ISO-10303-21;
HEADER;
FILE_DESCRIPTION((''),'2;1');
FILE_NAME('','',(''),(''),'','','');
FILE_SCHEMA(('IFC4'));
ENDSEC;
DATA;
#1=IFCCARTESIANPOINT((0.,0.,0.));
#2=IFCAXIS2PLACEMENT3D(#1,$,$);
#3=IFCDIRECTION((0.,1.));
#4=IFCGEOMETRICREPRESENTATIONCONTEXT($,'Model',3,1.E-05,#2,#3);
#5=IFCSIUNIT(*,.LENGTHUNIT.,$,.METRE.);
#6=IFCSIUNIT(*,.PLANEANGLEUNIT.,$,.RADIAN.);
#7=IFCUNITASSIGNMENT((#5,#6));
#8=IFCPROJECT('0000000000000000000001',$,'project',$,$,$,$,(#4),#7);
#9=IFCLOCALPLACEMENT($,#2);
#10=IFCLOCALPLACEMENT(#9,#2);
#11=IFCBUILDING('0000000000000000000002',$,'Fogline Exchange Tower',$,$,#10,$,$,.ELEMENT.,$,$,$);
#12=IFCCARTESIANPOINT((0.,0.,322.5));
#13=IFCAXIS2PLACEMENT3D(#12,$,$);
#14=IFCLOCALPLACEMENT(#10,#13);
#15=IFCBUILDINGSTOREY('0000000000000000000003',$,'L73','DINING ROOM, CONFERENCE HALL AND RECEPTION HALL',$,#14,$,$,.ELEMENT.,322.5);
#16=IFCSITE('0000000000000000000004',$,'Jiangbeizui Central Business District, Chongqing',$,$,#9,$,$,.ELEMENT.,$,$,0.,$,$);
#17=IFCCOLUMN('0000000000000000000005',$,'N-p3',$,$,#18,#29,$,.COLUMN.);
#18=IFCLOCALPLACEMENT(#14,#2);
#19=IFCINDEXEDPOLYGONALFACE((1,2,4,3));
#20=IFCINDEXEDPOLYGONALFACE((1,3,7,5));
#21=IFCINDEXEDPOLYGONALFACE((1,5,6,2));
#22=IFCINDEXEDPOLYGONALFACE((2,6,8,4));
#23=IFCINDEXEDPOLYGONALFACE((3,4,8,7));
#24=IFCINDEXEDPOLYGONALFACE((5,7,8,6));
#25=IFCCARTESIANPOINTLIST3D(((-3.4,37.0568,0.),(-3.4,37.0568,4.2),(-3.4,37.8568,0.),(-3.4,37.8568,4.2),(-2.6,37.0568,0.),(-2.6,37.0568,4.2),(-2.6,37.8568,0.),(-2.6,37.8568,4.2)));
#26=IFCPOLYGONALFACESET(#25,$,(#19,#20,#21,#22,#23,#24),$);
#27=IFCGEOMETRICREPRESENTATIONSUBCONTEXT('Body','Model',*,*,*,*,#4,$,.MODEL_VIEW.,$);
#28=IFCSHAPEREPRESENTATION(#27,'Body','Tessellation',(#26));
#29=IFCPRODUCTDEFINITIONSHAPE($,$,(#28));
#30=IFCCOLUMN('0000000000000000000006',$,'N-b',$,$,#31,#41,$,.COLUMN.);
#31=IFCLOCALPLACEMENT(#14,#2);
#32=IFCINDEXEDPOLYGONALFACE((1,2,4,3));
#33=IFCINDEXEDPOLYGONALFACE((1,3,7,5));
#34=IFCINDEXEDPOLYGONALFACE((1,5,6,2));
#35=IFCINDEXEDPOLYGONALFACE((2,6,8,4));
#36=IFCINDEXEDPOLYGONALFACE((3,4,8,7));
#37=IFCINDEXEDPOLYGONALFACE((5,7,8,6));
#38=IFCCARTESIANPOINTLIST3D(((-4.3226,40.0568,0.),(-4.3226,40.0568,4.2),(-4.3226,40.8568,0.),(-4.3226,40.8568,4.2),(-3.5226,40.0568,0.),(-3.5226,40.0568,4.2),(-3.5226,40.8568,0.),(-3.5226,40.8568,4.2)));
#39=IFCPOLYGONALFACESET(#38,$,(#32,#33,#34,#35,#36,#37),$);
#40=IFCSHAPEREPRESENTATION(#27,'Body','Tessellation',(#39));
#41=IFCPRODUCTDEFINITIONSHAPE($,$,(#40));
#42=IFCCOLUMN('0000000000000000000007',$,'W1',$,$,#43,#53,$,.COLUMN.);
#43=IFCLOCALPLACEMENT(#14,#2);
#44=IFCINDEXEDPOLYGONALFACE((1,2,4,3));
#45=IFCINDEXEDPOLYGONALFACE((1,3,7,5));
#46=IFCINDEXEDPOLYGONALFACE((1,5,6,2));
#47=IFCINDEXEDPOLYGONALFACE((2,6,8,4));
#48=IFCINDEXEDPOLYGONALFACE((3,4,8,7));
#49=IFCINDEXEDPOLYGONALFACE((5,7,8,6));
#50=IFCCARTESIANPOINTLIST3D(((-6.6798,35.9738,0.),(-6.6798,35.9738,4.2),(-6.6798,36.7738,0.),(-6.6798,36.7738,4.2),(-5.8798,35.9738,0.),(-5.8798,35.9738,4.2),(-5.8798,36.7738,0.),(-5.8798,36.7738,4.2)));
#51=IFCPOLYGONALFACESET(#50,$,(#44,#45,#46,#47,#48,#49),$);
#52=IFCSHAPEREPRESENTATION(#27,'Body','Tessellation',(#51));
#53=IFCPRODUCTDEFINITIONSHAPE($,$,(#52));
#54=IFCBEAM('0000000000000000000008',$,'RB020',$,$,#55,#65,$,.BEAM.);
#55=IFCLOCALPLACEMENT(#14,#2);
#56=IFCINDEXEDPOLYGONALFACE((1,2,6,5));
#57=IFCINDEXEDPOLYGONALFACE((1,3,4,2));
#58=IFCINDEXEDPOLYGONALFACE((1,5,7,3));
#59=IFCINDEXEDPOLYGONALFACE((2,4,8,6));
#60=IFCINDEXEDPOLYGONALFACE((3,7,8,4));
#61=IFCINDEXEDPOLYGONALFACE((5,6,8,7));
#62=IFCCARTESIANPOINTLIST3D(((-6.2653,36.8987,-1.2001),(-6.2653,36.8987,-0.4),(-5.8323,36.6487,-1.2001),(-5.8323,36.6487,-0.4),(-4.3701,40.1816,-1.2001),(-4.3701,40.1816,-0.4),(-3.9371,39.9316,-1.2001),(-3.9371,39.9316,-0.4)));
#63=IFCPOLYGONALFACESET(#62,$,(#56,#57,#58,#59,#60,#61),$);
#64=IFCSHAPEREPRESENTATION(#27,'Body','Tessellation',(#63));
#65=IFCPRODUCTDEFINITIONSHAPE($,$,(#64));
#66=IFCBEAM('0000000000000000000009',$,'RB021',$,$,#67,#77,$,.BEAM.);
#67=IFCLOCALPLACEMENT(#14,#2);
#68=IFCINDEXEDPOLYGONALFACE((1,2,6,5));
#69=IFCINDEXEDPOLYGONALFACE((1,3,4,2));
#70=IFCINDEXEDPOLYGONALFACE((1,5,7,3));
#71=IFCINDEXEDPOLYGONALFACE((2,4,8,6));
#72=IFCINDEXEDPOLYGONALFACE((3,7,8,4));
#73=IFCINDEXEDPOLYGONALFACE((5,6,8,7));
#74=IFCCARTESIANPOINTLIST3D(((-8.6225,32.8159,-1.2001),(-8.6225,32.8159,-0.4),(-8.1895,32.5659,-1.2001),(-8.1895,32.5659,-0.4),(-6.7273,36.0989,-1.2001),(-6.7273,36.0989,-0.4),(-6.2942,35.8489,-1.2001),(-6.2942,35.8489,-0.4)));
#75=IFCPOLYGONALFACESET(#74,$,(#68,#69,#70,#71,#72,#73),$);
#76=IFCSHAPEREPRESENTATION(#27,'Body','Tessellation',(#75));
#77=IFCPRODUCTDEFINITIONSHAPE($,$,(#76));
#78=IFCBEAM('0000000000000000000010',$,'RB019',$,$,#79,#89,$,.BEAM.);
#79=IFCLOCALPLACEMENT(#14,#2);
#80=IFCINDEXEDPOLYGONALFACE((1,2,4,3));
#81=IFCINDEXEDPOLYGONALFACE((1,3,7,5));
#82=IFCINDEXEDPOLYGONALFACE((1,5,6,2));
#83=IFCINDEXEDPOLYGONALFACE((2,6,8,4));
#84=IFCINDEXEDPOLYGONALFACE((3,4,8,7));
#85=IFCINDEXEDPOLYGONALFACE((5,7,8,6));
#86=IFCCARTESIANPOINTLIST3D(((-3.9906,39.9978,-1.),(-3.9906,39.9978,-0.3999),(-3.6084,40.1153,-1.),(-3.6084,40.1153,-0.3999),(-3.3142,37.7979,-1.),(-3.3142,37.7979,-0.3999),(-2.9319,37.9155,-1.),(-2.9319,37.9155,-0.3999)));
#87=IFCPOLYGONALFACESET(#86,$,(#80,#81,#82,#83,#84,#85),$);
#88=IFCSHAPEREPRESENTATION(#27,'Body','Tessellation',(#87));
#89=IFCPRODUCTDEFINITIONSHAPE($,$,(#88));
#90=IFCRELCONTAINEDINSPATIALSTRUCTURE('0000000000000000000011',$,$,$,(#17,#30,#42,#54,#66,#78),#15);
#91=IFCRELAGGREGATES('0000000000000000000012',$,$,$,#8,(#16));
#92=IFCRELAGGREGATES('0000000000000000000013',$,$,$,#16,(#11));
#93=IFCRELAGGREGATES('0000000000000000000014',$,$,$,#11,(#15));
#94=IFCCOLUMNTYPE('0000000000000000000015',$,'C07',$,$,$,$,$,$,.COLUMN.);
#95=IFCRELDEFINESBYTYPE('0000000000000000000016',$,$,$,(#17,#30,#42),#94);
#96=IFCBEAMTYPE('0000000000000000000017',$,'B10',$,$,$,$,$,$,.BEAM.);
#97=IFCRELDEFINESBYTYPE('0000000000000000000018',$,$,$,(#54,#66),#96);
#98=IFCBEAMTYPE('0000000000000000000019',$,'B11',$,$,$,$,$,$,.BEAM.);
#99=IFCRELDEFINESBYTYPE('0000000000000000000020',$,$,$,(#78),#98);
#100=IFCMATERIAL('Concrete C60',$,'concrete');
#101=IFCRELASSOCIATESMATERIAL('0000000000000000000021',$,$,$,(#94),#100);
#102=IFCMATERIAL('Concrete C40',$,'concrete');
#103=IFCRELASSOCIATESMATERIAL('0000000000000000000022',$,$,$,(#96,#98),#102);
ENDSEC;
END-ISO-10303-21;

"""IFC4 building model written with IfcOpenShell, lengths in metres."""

from ifc_helpers import new_model, si_unit, direction, frame, origin, origin_2d, place, context, subcontext, project, spatial, rectangle, extrude, material, material_profile, profile_set, type_object, element, save


model = new_model("IFC4")

# Units and contexts
model_context = context("Model", 3, precision=1e-05, world=origin(), true_north=direction((0.0, 1.0)))
body_context = subcontext(model_context, "Body", "Model", "MODEL_VIEW")
ifc_project = project(units=[si_unit("LENGTHUNIT", "METRE"), si_unit("PLANEANGLEUNIT", "RADIAN")], contexts=[model_context])

# Site, building, storey
site_placement = place(None, origin())
site = spatial("IfcSite", under=ifc_project, at=site_placement, Name="Jiangbeizui Central Business District, Chongqing", CompositionType="ELEMENT", RefElevation=0.0)
building_placement = place(site_placement, origin())
building = spatial("IfcBuilding", under=site, at=building_placement, Name="Fogline Exchange Tower", CompositionType="ELEMENT")
storey_placement = place(building_placement, frame((0.0, 0.0, 322.5)))
storey = spatial("IfcBuildingStorey", under=building, at=storey_placement, Name="L73", Description="DINING ROOM, CONFERENCE HALL AND RECEPTION HALL", CompositionType="ELEMENT", Elevation=322.5)

# Columns
ifc_material_1 = material(Name="Concrete C60", Category="concrete")
ifc_material_profile_1 = material_profile(ifc_material_1, rectangle(XDim=0.8, YDim=0.8, at=origin_2d()), Name="RC 800x800")
ifc_profile_set_1 = profile_set([ifc_material_profile_1], Name="Concrete C60")
column_type = type_object("IfcColumnType", Name="C07", PredefinedType="COLUMN", material=ifc_profile_set_1)
for number, where, z_axis, x_axis, name in (
    (1, (-3.0, 37.4568, 0.0), (0.0, 0.0, 1.0), (1.0, 0.0, 0.0), "N-p3"),
    (2, (-3.9226, 40.4568, 0.0), (0.0, 0.0, 1.0), (1.0, 0.0, 0.0), "N-b"),
    (3, (-6.2798, 36.3738, 0.0), (0.0, 0.0, 1.0), (1.0, 0.0, 0.0), "W1"),
):
    element("IfcColumn", number, at=place(storey_placement, frame(where, z_axis=z_axis, x_axis=x_axis)), inside=storey, type_object=column_type, Name=name, PredefinedType="COLUMN", context=body_context, shape_type="SweptSolid", body=[
        extrude(rectangle(XDim=0.8, YDim=0.8, at=origin_2d()), origin(), (0.0, 0.0, 1.0), 4.2),
    ])

# Beams
ifc_material_2 = material(Name="Concrete C40", Category="concrete")
ifc_material_profile_2 = material_profile(ifc_material_2, rectangle(XDim=0.5, YDim=0.8, at=origin_2d()), Name="RC 500x800")
ifc_profile_set_2 = profile_set([ifc_material_profile_2], Name="Concrete C40")
beam_type_1 = type_object("IfcBeamType", Name="B10", PredefinedType="BEAM", material=ifc_profile_set_2)
for number, where, z_axis, x_axis, name in (
    (4, (-4.1536, 40.0566, -0.8), (-0.49997, -0.866043, 0.0), (0.866043, -0.49997, 0.0), "RB020"),
    (5, (-6.5107, 35.9739, -0.8), (-0.49997, -0.866043, 0.0), (0.866043, -0.49997, 0.0), "RB021"),
):
    element("IfcBeam", number, at=place(storey_placement, frame(where, z_axis=z_axis, x_axis=x_axis)), inside=storey, type_object=beam_type_1, Name=name, PredefinedType="BEAM", context=body_context, shape_type="SweptSolid", body=[
        extrude(rectangle(XDim=0.5, YDim=0.8, at=origin_2d()), origin(), (0.0, 0.0, 1.0), 3.7908),
    ])
ifc_material_profile_3 = material_profile(ifc_material_2, rectangle(XDim=0.3999, YDim=0.6001, at=origin_2d()), Name="RC 400x600")
ifc_profile_set_3 = profile_set([ifc_material_profile_3], Name="Concrete C40")
beam_type_2 = type_object("IfcBeamType", Name="B11", PredefinedType="BEAM", material=ifc_profile_set_3)
beam_placement = place(storey_placement, frame((-3.123, 37.8567, -0.7), z_axis=(-0.293929, 0.955827, 0.0), x_axis=(-0.955827, -0.293929, 0.0)))
element("IfcBeam", 6, at=beam_placement, inside=storey, type_object=beam_type_2, Name="RB019", PredefinedType="BEAM", context=body_context, shape_type="SweptSolid", body=[
    extrude(rectangle(XDim=0.3999, YDim=0.6001, at=origin_2d()), origin(), (0.0, 0.0, 1.0), 2.3015),
])

save(model, "model.ifc")
